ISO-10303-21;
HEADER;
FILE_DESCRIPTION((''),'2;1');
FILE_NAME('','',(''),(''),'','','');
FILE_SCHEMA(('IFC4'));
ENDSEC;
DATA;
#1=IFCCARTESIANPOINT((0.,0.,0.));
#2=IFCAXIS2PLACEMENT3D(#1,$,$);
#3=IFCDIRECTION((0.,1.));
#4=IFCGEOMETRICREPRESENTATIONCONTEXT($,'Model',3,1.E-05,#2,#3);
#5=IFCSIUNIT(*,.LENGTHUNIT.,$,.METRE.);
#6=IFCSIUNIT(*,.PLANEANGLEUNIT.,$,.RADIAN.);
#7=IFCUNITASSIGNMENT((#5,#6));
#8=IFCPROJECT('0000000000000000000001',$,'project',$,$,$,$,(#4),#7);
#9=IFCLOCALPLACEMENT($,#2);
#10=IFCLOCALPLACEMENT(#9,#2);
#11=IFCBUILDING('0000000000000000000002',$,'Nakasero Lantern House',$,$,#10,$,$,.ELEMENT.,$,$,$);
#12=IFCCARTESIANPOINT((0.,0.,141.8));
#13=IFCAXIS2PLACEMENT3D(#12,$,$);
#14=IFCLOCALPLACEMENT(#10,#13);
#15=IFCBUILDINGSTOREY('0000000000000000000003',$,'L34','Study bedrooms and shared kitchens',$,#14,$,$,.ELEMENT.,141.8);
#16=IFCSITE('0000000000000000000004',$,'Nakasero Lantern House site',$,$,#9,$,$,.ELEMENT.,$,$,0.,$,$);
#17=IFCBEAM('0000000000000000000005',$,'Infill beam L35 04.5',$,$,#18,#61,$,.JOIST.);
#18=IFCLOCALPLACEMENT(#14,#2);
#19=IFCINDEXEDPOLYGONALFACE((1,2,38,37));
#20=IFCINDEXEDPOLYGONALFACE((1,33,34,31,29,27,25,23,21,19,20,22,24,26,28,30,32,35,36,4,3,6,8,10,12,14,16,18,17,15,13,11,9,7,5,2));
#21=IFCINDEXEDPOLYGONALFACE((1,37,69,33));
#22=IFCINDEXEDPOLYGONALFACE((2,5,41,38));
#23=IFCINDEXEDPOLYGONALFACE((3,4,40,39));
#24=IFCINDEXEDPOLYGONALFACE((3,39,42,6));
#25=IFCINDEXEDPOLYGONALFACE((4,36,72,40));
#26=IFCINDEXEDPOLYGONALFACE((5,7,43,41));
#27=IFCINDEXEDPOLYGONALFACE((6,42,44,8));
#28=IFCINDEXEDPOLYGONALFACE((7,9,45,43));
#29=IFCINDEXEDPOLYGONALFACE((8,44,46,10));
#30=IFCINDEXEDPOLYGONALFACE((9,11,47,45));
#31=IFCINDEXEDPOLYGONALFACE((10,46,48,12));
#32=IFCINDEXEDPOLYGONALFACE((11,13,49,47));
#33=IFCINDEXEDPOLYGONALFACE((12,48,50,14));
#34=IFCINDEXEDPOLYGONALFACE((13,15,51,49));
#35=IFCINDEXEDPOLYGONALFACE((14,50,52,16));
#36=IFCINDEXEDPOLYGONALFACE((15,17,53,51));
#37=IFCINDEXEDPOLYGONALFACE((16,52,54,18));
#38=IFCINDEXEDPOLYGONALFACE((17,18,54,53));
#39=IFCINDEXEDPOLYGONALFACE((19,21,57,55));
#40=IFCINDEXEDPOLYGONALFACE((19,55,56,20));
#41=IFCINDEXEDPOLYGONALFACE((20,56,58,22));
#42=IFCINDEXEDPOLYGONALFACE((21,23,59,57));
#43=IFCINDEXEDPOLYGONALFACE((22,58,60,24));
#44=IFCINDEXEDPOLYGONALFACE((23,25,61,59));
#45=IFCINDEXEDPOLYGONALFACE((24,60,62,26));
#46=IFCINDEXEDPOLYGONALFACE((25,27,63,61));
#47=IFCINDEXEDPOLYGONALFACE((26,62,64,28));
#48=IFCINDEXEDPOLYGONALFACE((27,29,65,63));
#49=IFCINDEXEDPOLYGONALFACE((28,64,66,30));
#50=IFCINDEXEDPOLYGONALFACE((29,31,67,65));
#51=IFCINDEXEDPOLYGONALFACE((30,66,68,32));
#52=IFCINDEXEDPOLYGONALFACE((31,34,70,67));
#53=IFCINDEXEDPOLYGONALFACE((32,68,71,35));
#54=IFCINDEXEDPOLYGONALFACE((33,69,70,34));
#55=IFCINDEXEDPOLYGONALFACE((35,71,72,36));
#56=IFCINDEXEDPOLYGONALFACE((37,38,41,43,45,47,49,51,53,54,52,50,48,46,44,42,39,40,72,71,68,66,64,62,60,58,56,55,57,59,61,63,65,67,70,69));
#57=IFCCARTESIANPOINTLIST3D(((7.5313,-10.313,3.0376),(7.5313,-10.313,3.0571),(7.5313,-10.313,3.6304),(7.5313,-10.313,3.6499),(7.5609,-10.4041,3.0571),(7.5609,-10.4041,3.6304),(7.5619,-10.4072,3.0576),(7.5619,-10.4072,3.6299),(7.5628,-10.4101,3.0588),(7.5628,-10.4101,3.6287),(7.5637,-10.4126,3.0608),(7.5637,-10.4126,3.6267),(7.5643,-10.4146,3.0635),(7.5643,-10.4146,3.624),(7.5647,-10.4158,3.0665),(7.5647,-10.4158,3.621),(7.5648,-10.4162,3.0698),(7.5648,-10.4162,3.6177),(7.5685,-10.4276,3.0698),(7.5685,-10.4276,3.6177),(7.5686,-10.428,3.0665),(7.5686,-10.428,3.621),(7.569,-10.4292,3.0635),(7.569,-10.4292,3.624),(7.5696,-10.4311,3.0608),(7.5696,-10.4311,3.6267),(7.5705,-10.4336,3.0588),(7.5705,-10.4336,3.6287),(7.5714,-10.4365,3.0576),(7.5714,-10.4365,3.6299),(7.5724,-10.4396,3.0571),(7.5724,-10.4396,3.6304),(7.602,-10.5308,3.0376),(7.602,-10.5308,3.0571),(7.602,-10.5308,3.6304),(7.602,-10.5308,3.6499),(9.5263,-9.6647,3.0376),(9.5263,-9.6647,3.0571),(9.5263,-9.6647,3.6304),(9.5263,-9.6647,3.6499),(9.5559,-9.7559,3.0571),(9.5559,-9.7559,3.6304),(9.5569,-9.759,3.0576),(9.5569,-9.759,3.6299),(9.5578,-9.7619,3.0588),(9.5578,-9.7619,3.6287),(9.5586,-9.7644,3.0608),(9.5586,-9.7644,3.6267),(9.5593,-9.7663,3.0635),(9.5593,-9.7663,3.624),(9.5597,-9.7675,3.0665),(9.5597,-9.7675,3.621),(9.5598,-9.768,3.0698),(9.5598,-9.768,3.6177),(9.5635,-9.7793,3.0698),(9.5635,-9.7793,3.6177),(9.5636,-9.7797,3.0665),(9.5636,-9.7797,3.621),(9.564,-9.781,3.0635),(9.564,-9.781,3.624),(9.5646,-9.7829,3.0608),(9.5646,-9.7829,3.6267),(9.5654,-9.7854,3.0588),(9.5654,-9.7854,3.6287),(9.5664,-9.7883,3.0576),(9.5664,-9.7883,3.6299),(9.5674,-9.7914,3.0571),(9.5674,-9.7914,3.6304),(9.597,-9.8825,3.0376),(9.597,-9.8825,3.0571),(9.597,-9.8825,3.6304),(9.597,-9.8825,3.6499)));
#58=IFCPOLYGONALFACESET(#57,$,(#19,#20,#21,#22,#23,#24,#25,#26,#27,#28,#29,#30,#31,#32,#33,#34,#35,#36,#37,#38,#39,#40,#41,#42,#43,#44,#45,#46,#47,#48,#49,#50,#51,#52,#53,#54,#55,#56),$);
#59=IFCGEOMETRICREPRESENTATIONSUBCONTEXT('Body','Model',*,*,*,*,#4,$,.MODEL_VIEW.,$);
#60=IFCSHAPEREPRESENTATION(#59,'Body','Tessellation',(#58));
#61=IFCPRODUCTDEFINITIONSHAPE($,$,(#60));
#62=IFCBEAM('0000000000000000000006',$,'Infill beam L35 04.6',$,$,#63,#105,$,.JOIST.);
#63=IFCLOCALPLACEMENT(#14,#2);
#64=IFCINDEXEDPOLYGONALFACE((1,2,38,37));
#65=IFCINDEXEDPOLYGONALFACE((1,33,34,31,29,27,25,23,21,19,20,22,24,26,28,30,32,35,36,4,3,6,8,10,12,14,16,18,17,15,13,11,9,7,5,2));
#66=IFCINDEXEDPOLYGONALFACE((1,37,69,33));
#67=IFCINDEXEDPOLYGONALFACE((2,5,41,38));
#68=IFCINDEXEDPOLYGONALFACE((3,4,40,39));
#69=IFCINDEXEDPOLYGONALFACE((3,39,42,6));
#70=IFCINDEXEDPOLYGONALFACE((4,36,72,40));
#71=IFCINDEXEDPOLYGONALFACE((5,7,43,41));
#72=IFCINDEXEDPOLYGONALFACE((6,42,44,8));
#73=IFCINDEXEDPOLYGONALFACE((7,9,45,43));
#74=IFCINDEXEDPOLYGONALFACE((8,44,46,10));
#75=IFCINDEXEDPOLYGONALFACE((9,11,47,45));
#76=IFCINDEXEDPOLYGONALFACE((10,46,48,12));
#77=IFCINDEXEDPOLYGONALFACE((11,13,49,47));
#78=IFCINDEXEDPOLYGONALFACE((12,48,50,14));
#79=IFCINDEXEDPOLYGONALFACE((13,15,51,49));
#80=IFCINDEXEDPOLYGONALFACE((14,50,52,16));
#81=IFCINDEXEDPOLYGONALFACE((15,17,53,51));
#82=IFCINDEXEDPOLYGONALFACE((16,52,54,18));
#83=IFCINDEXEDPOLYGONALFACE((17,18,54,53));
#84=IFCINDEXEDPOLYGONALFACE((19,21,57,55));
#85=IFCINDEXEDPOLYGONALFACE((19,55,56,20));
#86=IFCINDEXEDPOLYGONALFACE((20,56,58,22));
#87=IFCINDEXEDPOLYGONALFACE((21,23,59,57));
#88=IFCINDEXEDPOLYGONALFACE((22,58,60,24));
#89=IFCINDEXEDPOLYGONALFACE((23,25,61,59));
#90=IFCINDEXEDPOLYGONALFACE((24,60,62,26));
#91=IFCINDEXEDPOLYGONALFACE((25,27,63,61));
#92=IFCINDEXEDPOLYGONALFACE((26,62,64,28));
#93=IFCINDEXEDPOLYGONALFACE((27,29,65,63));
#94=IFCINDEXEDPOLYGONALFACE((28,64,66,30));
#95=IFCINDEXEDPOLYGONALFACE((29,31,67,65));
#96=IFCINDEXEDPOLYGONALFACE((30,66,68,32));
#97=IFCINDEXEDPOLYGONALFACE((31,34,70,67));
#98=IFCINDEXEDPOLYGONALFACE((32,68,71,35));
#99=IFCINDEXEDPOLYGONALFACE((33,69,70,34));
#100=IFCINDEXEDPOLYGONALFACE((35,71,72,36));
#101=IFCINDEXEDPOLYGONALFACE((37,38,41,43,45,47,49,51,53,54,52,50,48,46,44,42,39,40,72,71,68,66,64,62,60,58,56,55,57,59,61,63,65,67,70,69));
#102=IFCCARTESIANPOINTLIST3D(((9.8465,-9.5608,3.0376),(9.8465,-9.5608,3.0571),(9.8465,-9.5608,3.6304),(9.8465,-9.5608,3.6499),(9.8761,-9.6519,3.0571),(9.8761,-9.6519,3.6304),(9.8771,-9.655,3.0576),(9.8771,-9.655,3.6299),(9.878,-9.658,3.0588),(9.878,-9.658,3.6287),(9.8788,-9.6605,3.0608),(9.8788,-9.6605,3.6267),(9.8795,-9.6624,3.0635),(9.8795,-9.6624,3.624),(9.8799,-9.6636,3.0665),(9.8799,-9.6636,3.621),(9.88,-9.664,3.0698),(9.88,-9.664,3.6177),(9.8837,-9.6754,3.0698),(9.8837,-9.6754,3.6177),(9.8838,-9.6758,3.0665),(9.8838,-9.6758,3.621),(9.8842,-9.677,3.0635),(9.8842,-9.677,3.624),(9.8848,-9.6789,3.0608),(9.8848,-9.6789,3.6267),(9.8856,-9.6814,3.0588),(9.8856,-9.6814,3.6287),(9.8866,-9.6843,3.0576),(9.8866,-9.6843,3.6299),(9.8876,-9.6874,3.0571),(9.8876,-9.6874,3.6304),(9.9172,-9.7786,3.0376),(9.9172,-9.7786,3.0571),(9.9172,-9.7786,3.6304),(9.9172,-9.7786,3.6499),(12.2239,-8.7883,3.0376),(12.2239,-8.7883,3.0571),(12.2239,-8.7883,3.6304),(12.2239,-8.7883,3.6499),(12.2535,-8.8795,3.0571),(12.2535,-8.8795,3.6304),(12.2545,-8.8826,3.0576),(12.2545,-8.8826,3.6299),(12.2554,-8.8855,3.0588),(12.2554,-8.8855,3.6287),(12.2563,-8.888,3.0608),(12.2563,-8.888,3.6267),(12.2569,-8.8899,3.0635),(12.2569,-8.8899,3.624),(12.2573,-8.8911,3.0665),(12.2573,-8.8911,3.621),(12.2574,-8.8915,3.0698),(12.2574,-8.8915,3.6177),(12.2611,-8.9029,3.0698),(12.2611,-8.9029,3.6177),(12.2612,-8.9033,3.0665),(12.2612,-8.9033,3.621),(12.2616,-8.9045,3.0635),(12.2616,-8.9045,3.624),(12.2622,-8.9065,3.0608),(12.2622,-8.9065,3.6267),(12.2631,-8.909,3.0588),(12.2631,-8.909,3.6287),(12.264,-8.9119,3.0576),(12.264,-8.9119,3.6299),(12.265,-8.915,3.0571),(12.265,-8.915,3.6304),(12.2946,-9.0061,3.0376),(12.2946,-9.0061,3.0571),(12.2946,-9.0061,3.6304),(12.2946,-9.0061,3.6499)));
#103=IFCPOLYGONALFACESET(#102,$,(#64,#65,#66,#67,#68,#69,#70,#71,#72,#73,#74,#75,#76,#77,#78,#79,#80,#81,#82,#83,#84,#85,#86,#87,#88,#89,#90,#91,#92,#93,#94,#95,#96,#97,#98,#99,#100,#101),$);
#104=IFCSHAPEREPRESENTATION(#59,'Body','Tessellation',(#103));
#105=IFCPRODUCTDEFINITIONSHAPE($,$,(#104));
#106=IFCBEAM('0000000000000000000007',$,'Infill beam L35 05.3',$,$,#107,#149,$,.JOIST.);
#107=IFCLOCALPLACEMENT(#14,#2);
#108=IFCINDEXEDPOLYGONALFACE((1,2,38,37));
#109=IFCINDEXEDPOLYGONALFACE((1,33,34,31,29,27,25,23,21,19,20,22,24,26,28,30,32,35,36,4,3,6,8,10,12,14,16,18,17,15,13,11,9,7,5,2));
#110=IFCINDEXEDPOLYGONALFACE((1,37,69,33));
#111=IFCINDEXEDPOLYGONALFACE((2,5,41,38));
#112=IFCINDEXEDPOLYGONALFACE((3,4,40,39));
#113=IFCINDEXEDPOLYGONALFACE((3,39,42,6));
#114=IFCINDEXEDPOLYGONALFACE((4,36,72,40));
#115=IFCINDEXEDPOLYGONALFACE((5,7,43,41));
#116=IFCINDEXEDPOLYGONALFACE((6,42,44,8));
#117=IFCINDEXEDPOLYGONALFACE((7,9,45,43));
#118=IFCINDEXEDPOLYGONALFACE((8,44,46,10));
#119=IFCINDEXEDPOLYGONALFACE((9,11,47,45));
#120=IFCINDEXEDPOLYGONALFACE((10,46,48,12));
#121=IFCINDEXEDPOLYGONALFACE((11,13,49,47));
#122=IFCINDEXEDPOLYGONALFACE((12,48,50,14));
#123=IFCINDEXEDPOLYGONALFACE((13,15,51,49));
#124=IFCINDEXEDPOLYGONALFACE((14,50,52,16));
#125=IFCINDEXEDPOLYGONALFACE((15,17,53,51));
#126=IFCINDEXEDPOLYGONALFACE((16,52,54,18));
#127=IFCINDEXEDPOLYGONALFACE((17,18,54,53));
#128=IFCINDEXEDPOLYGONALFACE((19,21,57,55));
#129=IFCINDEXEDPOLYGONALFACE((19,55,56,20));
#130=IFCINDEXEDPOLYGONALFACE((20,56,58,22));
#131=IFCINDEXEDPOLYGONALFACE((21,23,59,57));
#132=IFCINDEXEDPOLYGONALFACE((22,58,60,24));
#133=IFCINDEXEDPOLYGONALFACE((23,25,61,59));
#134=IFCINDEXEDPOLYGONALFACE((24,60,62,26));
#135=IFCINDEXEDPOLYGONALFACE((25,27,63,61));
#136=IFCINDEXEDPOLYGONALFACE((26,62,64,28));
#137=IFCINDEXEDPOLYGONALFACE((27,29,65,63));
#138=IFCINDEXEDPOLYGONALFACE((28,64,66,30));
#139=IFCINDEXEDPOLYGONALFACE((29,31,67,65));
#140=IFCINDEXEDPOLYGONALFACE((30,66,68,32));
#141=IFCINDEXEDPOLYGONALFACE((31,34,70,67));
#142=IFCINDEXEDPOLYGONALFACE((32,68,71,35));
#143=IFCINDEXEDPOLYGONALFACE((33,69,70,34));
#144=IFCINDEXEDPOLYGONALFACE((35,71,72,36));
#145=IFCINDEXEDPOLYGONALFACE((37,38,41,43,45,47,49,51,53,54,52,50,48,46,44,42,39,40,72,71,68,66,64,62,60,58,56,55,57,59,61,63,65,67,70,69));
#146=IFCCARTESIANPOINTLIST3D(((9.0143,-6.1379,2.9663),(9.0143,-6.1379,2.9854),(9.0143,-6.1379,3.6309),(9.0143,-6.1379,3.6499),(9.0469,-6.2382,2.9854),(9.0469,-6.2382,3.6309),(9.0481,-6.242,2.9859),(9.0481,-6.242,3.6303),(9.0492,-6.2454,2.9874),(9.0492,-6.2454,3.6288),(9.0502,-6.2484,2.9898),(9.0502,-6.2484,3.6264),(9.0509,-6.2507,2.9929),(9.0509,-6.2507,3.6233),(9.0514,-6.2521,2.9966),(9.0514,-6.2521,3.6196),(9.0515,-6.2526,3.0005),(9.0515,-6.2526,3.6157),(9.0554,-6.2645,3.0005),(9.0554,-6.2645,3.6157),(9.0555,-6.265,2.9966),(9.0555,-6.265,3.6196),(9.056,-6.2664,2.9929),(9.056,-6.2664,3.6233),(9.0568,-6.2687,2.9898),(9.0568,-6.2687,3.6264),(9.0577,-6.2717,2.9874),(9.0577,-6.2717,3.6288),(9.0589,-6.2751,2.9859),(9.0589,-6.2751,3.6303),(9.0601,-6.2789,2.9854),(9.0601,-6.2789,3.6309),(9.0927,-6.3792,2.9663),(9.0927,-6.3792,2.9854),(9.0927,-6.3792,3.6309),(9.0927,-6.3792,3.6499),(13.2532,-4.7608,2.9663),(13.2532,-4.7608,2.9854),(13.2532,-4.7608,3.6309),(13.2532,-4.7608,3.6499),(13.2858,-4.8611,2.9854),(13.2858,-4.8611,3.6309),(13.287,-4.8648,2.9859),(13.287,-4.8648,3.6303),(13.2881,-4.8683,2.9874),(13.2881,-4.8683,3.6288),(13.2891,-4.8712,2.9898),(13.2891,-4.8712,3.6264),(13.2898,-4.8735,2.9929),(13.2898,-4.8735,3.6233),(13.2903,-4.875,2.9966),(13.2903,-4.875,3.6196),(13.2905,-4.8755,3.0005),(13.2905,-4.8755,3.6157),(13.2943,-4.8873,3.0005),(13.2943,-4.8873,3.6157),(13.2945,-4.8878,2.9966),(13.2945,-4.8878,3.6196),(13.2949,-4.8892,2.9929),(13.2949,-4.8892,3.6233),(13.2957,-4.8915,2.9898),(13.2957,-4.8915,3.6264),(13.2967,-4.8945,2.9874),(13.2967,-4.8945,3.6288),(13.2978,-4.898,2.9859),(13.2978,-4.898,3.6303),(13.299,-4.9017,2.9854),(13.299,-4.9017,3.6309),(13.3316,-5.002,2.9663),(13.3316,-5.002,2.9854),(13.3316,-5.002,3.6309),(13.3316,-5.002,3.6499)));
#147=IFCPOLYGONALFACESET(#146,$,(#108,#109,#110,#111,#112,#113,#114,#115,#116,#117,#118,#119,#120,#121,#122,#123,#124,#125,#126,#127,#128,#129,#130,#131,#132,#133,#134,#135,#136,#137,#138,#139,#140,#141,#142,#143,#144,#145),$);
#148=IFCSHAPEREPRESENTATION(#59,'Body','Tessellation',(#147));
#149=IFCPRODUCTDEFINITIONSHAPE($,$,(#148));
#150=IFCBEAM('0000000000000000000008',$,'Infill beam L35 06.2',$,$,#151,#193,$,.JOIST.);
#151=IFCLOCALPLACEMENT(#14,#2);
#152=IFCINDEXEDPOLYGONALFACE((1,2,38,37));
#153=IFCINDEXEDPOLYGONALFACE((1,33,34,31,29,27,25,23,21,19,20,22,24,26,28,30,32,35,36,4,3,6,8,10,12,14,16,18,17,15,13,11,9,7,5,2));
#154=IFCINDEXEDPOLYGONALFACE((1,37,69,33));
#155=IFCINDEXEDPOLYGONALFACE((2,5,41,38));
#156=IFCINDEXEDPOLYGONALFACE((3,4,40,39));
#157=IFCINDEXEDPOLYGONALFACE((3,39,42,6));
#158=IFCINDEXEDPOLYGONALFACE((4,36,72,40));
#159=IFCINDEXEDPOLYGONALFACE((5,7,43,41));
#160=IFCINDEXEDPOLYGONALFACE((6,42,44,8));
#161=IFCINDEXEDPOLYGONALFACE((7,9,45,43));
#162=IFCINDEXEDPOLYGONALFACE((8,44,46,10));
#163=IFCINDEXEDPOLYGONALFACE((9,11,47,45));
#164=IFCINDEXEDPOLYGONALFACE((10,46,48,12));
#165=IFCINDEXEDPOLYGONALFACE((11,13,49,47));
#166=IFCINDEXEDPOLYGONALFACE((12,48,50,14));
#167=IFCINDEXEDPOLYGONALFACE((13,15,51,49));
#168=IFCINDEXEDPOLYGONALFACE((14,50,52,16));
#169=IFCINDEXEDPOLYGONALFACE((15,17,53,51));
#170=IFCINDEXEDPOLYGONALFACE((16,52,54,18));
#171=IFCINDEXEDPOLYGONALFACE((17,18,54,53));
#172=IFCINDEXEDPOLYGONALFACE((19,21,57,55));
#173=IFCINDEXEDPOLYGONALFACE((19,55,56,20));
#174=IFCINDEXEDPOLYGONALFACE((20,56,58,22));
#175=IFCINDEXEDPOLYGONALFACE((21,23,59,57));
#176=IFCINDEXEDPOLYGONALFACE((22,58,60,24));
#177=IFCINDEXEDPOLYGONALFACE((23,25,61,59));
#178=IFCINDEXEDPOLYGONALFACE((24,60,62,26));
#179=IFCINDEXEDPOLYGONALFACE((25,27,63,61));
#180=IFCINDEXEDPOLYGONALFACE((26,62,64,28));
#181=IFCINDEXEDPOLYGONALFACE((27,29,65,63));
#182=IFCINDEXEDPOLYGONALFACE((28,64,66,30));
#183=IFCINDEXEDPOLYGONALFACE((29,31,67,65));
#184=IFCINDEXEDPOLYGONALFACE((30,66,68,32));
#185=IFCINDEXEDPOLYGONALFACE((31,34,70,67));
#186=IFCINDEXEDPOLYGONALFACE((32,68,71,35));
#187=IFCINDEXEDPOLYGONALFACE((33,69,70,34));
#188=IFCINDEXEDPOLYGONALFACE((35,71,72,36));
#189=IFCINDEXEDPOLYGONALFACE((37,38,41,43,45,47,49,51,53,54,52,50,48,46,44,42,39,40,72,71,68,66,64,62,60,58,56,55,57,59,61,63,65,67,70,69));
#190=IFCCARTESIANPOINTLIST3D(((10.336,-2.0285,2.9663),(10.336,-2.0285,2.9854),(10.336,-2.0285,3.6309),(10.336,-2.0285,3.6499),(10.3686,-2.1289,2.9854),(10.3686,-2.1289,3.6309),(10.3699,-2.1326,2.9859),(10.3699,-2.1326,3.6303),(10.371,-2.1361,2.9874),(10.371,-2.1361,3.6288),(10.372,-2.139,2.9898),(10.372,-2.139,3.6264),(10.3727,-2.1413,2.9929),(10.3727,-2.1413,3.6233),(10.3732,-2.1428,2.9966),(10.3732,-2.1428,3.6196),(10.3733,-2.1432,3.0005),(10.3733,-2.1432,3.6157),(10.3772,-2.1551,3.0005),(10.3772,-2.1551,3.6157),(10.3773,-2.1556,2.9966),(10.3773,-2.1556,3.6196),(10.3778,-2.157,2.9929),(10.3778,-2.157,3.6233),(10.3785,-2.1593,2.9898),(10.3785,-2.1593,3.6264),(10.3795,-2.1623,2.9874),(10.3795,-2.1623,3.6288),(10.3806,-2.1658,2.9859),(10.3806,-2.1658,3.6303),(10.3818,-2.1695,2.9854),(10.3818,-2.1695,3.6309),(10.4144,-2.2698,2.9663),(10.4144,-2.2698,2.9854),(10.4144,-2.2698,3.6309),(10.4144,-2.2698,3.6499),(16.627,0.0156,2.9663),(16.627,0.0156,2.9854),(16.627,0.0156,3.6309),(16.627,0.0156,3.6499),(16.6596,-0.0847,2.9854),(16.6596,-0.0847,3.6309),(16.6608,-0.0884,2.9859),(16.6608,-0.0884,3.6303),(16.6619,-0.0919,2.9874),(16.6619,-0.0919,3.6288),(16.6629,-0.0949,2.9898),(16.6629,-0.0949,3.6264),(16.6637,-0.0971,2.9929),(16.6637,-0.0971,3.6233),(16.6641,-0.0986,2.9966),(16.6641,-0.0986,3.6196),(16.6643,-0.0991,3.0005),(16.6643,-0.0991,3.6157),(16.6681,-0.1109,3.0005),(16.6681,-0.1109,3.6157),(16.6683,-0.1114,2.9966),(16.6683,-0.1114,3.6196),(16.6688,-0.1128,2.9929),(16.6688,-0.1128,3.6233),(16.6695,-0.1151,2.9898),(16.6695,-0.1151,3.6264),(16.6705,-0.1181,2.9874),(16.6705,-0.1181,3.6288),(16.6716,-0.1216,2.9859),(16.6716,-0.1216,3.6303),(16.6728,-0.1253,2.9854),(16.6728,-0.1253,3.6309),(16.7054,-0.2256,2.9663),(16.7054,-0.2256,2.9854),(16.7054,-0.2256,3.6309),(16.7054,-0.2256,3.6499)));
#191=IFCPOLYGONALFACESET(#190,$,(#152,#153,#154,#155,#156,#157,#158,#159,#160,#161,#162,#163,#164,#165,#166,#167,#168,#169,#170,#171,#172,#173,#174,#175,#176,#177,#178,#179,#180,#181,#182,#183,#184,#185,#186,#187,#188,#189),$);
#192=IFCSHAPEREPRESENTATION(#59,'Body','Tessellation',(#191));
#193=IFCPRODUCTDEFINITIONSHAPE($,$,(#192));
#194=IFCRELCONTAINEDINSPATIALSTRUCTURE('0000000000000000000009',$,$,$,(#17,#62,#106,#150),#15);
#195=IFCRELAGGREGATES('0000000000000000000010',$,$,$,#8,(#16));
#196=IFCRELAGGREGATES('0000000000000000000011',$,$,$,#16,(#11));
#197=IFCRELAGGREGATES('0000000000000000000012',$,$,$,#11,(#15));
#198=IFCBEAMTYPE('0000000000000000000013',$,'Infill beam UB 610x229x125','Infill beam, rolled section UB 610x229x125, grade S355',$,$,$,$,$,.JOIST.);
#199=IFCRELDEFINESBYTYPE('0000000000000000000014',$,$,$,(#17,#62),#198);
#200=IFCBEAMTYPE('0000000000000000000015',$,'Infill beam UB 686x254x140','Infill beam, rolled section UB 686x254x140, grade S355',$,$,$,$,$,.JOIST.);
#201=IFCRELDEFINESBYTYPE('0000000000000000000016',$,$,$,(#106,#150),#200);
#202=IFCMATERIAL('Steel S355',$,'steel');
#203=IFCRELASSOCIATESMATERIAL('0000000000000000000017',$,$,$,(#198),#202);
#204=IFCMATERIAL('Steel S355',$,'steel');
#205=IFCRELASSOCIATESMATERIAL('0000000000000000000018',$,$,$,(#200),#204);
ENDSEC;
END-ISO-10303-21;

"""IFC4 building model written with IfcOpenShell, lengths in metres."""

from ifc_helpers import new_model, si_unit, direction, frame, origin, origin_2d, place, context, subcontext, project, spatial, i_section, extrude, material, material_profile, profile_set, type_object, element, save


model = new_model("IFC4")

# Units and contexts
model_context = context("Model", 3, precision=1e-05, world=origin(), true_north=direction((0.0, 1.0)))
body_context = subcontext(model_context, "Body", "Model", "MODEL_VIEW")
ifc_project = project(units=[si_unit("LENGTHUNIT", "METRE"), si_unit("PLANEANGLEUNIT", "RADIAN")], contexts=[model_context])

# Site, building, storey
site_placement = place(None, origin())
site = spatial("IfcSite", under=ifc_project, at=site_placement, Name="Nakasero Lantern House site", CompositionType="ELEMENT", RefElevation=0.0)
building_placement = place(site_placement, origin())
building = spatial("IfcBuilding", under=site, at=building_placement, Name="Nakasero Lantern House", CompositionType="ELEMENT")
storey_placement = place(building_placement, frame((0.0, 0.0, 141.8)))
storey = spatial("IfcBuildingStorey", under=building, at=storey_placement, Name="L34", Description="Study bedrooms and shared kitchens", CompositionType="ELEMENT", Elevation=141.8)

# Beams
ifc_material_1 = material(Name="Steel S355", Category="steel")
ifc_material_profile_1 = material_profile(ifc_material_1, i_section(OverallWidth=0.229, OverallDepth=0.6123, WebThickness=0.012, FlangeThickness=0.0195, FilletRadius=0.0127, at=origin_2d()), Name="UB 610x229x125")
ifc_profile_set_1 = profile_set([ifc_material_profile_1], Name="Steel S355")
beam_type_1 = type_object("IfcBeamType", Name="Infill beam UB 610x229x125", Description="Infill beam, rolled section UB 610x229x125, grade S355", PredefinedType="JOIST", material=ifc_profile_set_1)
beam_1_placement = place(storey_placement, frame((7.5667, -10.4219, 3.3438), z_axis=(0.951054, 0.309026, 0.0), x_axis=(-0.309026, 0.951054, 0.0)))
element("IfcBeam", 1, at=beam_1_placement, inside=storey, type_object=beam_type_1, Name="Infill beam L35 04.5", PredefinedType="JOIST", context=body_context, shape_type="SweptSolid", body=[
    extrude(i_section(OverallWidth=0.229, OverallDepth=0.6123, WebThickness=0.012, FlangeThickness=0.0195, FilletRadius=0.0127, at=origin_2d()), origin(), (0.0, 0.0, 1.0), 2.0977),
])
beam_2_placement = place(storey_placement, frame((9.8818, -9.6697, 3.3438), z_axis=(0.951058, 0.309011, 0.0), x_axis=(-0.309011, 0.951058, 0.0)))
element("IfcBeam", 2, at=beam_2_placement, inside=storey, type_object=beam_type_1, Name="Infill beam L35 04.6", PredefinedType="JOIST", context=body_context, shape_type="SweptSolid", body=[
    extrude(i_section(OverallWidth=0.229, OverallDepth=0.6123, WebThickness=0.012, FlangeThickness=0.0195, FilletRadius=0.0127, at=origin_2d()), origin(), (0.0, 0.0, 1.0), 2.4998),
])
ifc_material_2 = material(Name="Steel S355", Category="steel")
ifc_material_profile_2 = material_profile(ifc_material_2, i_section(OverallWidth=0.2537, OverallDepth=0.6836, WebThickness=0.0125, FlangeThickness=0.019, FilletRadius=0.0151, at=origin_2d()), Name="UB 686x254x140")
ifc_profile_set_2 = profile_set([ifc_material_profile_2], Name="Steel S355")
beam_type_2 = type_object("IfcBeamType", Name="Infill beam UB 686x254x140", Description="Infill beam, rolled section UB 686x254x140, grade S355", PredefinedType="JOIST", material=ifc_profile_set_2)
beam_3_placement = place(storey_placement, frame((9.0535, -6.2585, 3.3081), z_axis=(0.951066, 0.308988, 0.0), x_axis=(-0.308988, 0.951066, 0.0)))
element("IfcBeam", 3, at=beam_3_placement, inside=storey, type_object=beam_type_2, Name="Infill beam L35 05.3", PredefinedType="JOIST", context=body_context, shape_type="SweptSolid", body=[
    extrude(i_section(OverallWidth=0.2537, OverallDepth=0.6836, WebThickness=0.0125, FlangeThickness=0.019, FilletRadius=0.0151, at=origin_2d()), origin(), (0.0, 0.0, 1.0), 4.457),
])
beam_4_placement = place(storey_placement, frame((10.3752, -2.1492, 3.3081), z_axis=(0.951051, 0.309033, 0.0), x_axis=(-0.309033, 0.951051, 0.0)))
element("IfcBeam", 4, at=beam_4_placement, inside=storey, type_object=beam_type_2, Name="Infill beam L35 06.2", PredefinedType="JOIST", context=body_context, shape_type="SweptSolid", body=[
    extrude(i_section(OverallWidth=0.2537, OverallDepth=0.6836, WebThickness=0.0125, FlangeThickness=0.019, FilletRadius=0.0151, at=origin_2d()), origin(), (0.0, 0.0, 1.0), 6.6147),
])

save(model, "model.ifc")
